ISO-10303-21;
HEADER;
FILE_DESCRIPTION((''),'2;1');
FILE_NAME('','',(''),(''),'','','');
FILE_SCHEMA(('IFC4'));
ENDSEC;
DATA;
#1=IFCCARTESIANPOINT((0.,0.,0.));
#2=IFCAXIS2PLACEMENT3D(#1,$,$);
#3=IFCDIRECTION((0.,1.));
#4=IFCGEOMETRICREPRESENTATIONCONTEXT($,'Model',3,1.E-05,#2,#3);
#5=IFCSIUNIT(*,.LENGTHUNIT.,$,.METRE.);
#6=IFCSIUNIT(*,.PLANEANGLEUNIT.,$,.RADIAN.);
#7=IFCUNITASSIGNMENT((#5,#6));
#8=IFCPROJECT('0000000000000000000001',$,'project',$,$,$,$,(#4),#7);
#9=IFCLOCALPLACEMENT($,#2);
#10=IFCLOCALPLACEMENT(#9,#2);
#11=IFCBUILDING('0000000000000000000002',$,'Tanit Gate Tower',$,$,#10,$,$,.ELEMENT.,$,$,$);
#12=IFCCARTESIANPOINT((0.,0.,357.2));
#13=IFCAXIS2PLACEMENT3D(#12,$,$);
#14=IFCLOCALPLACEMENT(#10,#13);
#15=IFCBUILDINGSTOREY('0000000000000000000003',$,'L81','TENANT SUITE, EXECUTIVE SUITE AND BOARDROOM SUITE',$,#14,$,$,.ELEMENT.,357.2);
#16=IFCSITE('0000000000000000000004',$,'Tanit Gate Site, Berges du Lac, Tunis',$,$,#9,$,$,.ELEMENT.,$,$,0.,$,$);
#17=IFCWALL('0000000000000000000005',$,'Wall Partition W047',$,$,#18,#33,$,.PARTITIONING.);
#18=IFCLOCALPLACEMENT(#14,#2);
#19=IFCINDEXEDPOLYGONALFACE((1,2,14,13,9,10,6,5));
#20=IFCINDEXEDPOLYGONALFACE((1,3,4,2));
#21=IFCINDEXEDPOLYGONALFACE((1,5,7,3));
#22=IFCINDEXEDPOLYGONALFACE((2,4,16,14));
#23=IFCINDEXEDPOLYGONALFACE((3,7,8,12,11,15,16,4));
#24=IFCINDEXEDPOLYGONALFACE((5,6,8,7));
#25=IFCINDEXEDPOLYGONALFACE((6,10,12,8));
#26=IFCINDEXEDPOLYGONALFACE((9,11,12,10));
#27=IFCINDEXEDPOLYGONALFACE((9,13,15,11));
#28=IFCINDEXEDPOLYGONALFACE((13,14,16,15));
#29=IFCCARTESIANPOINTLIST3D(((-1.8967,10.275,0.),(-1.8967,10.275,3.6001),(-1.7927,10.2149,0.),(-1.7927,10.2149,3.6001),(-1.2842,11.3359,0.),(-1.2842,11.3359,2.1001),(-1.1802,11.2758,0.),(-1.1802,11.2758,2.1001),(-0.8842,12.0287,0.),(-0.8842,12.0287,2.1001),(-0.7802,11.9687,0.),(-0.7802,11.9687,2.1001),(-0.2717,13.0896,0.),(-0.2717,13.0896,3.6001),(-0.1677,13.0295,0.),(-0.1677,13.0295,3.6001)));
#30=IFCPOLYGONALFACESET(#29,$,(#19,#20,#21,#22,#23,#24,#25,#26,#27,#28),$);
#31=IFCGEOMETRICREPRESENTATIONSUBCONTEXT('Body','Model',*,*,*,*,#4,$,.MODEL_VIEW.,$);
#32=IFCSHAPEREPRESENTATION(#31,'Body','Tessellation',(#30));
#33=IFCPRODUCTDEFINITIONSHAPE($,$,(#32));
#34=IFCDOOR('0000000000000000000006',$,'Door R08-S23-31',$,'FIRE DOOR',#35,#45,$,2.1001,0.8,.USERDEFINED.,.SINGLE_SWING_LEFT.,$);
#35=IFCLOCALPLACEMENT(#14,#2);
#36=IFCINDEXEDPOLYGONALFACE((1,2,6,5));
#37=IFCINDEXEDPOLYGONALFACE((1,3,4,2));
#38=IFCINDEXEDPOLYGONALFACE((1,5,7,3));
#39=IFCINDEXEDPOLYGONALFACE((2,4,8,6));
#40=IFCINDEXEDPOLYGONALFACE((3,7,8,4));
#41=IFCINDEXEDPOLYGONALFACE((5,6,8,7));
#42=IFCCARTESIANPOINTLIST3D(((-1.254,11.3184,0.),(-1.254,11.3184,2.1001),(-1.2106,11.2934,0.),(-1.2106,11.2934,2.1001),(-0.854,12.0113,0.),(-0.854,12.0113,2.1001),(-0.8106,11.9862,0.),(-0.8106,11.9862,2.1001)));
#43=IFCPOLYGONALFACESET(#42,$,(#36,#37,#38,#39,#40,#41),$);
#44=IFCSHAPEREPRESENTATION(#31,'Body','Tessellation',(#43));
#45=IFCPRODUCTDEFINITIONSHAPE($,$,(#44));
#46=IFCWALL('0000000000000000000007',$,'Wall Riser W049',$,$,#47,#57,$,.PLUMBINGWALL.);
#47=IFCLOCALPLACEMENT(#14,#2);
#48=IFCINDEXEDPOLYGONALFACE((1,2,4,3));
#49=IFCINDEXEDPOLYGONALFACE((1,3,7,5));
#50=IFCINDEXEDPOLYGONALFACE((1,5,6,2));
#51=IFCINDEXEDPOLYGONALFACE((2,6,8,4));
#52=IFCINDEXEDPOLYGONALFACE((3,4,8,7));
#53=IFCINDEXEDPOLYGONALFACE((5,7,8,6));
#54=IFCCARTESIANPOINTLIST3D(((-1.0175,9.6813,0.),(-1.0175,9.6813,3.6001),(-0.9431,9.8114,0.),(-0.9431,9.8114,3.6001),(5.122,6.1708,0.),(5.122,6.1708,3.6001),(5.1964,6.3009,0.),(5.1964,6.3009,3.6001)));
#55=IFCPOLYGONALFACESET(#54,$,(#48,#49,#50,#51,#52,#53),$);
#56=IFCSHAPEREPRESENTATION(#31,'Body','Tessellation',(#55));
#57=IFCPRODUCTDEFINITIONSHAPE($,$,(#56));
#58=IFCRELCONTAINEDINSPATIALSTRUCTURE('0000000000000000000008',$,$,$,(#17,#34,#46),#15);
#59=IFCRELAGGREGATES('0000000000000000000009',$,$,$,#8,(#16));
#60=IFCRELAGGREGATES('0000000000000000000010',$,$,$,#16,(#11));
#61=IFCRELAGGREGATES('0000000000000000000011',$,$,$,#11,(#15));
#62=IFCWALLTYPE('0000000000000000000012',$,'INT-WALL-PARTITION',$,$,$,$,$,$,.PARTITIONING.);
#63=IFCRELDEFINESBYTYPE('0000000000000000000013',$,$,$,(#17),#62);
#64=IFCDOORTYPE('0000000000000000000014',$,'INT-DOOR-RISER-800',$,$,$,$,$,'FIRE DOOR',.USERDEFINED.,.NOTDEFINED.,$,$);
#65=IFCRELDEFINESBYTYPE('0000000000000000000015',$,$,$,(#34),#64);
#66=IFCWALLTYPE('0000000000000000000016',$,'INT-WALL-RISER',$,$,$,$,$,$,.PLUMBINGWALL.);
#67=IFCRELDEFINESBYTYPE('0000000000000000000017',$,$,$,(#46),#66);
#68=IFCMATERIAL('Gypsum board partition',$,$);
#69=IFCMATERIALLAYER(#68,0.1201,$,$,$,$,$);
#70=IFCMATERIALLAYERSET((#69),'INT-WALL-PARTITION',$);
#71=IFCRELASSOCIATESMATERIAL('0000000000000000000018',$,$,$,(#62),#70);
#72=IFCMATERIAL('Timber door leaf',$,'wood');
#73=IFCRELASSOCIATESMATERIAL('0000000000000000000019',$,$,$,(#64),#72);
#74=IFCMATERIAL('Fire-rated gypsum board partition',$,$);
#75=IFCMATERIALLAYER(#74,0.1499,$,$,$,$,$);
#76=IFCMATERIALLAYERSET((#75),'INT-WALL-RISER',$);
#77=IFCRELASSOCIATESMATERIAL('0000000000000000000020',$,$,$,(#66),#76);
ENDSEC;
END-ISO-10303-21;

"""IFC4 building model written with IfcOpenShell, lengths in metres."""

from ifc_helpers import new_model, si_unit, direction, frame, frame_2d, origin, place, context, subcontext, project, spatial, rectangle, extrude, material, layer, layer_set, type_object, element, fill, save


model = new_model("IFC4")

# Units and contexts
model_context = context("Model", 3, precision=1e-05, world=origin(), true_north=direction((0.0, 1.0)))
body_context = subcontext(model_context, "Body", "Model", "MODEL_VIEW")
ifc_project = project(units=[si_unit("LENGTHUNIT", "METRE"), si_unit("PLANEANGLEUNIT", "RADIAN")], contexts=[model_context])

# Site, building, storey
site_placement = place(None, origin())
site = spatial("IfcSite", under=ifc_project, at=site_placement, Name="Tanit Gate Site, Berges du Lac, Tunis", CompositionType="ELEMENT", RefElevation=0.0)
building_placement = place(site_placement, origin())
building = spatial("IfcBuilding", under=site, at=building_placement, Name="Tanit Gate Tower", CompositionType="ELEMENT")
storey_placement = place(building_placement, frame((0.0, 0.0, 357.2)))
storey = spatial("IfcBuildingStorey", under=building, at=storey_placement, Name="L81", Description="TENANT SUITE, EXECUTIVE SUITE AND BOARDROOM SUITE", CompositionType="ELEMENT", Elevation=357.2)

# Wall, opening, door
ifc_material_1 = material(Name="Gypsum board partition")
ifc_layer_1 = layer(ifc_material_1, 0.1201)
ifc_layer_set_1 = layer_set([ifc_layer_1], Name="INT-WALL-PARTITION")
wall_type_1 = type_object("IfcWallType", Name="INT-WALL-PARTITION", PredefinedType="PARTITIONING", material=ifc_layer_set_1)
wall_1_placement = place(storey_placement, frame((-0.2197, 13.0596, 0.0), z_axis=(0.0, 0.0, 1.0), x_axis=(-0.499985, -0.866034, 0.0)))
wall_1 = element("IfcWall", 1, at=wall_1_placement, inside=storey, type_object=wall_type_1, Name="Wall Partition W047", PredefinedType="PARTITIONING", context=body_context, shape_type="SweptSolid", body=[
    extrude(rectangle(XDim=3.25, YDim=0.1201, at=frame_2d((1.625, 0.0))), origin(), (0.0, 0.0, 1.0), 3.6001),
])
opening_1_placement = place(wall_1_placement, frame((1.2251, 0.0, 0.0)))
opening_1 = element("IfcOpeningElement", 2, at=opening_1_placement, cuts=wall_1, PredefinedType="OPENING", context=body_context, shape_type="SweptSolid", body=[
    extrude(rectangle(XDim=0.8, YDim=2.1001, at=frame_2d((0.3999, 1.05))), frame((0.0, 0.0701, 0.0), z_axis=(0.0, -1.0, 0.0), x_axis=(1.0, 0.0, 0.0)), (0.0, 0.0, 1.0), 0.1401),
])
ifc_material_2 = material(Name="Timber door leaf", Category="wood")
door_type_1 = type_object("IfcDoorType", Name="INT-DOOR-RISER-800", ElementType="FIRE DOOR", OperationType="NOTDEFINED", PredefinedType="USERDEFINED", material=ifc_material_2)
door_1_placement = place(opening_1_placement, origin())
door_1 = element("IfcDoor", 3, at=door_1_placement, inside=storey, type_object=door_type_1, Name="Door R08-S23-31", ObjectType="FIRE DOOR", OperationType="SINGLE_SWING_LEFT", OverallHeight=2.1001, OverallWidth=0.8, PredefinedType="USERDEFINED", context=body_context, shape_type="SweptSolid", body=[
    extrude(rectangle(XDim=0.8, YDim=2.1001, at=frame_2d((0.3999, 1.05))), frame((0.0, 0.0249, 0.0), z_axis=(0.0, -1.0, 0.0), x_axis=(1.0, 0.0, 0.0)), (0.0, 0.0, 1.0), 0.05),
])
fill(opening_1, door_1)

# Wall
ifc_material_3 = material(Name="Fire-rated gypsum board partition")
ifc_layer_2 = layer(ifc_material_3, 0.1499)
ifc_layer_set_2 = layer_set([ifc_layer_2], Name="INT-WALL-RISER")
wall_type_2 = type_object("IfcWallType", Name="INT-WALL-RISER", PredefinedType="PLUMBINGWALL", material=ifc_layer_set_2)
wall_2_placement = place(storey_placement, frame((5.1592, 6.2358, 0.0), z_axis=(0.0, 0.0, 1.0), x_axis=(-0.868105, 0.496381, 0.0)))
element("IfcWall", 4, at=wall_2_placement, inside=storey, type_object=wall_type_2, Name="Wall Riser W049", PredefinedType="PLUMBINGWALL", context=body_context, shape_type="SweptSolid", body=[
    extrude(rectangle(XDim=7.0723, YDim=0.1499, at=frame_2d((3.5361, 0.0))), origin(), (0.0, 0.0, 1.0), 3.6001),
])

save(model, "model.ifc")
